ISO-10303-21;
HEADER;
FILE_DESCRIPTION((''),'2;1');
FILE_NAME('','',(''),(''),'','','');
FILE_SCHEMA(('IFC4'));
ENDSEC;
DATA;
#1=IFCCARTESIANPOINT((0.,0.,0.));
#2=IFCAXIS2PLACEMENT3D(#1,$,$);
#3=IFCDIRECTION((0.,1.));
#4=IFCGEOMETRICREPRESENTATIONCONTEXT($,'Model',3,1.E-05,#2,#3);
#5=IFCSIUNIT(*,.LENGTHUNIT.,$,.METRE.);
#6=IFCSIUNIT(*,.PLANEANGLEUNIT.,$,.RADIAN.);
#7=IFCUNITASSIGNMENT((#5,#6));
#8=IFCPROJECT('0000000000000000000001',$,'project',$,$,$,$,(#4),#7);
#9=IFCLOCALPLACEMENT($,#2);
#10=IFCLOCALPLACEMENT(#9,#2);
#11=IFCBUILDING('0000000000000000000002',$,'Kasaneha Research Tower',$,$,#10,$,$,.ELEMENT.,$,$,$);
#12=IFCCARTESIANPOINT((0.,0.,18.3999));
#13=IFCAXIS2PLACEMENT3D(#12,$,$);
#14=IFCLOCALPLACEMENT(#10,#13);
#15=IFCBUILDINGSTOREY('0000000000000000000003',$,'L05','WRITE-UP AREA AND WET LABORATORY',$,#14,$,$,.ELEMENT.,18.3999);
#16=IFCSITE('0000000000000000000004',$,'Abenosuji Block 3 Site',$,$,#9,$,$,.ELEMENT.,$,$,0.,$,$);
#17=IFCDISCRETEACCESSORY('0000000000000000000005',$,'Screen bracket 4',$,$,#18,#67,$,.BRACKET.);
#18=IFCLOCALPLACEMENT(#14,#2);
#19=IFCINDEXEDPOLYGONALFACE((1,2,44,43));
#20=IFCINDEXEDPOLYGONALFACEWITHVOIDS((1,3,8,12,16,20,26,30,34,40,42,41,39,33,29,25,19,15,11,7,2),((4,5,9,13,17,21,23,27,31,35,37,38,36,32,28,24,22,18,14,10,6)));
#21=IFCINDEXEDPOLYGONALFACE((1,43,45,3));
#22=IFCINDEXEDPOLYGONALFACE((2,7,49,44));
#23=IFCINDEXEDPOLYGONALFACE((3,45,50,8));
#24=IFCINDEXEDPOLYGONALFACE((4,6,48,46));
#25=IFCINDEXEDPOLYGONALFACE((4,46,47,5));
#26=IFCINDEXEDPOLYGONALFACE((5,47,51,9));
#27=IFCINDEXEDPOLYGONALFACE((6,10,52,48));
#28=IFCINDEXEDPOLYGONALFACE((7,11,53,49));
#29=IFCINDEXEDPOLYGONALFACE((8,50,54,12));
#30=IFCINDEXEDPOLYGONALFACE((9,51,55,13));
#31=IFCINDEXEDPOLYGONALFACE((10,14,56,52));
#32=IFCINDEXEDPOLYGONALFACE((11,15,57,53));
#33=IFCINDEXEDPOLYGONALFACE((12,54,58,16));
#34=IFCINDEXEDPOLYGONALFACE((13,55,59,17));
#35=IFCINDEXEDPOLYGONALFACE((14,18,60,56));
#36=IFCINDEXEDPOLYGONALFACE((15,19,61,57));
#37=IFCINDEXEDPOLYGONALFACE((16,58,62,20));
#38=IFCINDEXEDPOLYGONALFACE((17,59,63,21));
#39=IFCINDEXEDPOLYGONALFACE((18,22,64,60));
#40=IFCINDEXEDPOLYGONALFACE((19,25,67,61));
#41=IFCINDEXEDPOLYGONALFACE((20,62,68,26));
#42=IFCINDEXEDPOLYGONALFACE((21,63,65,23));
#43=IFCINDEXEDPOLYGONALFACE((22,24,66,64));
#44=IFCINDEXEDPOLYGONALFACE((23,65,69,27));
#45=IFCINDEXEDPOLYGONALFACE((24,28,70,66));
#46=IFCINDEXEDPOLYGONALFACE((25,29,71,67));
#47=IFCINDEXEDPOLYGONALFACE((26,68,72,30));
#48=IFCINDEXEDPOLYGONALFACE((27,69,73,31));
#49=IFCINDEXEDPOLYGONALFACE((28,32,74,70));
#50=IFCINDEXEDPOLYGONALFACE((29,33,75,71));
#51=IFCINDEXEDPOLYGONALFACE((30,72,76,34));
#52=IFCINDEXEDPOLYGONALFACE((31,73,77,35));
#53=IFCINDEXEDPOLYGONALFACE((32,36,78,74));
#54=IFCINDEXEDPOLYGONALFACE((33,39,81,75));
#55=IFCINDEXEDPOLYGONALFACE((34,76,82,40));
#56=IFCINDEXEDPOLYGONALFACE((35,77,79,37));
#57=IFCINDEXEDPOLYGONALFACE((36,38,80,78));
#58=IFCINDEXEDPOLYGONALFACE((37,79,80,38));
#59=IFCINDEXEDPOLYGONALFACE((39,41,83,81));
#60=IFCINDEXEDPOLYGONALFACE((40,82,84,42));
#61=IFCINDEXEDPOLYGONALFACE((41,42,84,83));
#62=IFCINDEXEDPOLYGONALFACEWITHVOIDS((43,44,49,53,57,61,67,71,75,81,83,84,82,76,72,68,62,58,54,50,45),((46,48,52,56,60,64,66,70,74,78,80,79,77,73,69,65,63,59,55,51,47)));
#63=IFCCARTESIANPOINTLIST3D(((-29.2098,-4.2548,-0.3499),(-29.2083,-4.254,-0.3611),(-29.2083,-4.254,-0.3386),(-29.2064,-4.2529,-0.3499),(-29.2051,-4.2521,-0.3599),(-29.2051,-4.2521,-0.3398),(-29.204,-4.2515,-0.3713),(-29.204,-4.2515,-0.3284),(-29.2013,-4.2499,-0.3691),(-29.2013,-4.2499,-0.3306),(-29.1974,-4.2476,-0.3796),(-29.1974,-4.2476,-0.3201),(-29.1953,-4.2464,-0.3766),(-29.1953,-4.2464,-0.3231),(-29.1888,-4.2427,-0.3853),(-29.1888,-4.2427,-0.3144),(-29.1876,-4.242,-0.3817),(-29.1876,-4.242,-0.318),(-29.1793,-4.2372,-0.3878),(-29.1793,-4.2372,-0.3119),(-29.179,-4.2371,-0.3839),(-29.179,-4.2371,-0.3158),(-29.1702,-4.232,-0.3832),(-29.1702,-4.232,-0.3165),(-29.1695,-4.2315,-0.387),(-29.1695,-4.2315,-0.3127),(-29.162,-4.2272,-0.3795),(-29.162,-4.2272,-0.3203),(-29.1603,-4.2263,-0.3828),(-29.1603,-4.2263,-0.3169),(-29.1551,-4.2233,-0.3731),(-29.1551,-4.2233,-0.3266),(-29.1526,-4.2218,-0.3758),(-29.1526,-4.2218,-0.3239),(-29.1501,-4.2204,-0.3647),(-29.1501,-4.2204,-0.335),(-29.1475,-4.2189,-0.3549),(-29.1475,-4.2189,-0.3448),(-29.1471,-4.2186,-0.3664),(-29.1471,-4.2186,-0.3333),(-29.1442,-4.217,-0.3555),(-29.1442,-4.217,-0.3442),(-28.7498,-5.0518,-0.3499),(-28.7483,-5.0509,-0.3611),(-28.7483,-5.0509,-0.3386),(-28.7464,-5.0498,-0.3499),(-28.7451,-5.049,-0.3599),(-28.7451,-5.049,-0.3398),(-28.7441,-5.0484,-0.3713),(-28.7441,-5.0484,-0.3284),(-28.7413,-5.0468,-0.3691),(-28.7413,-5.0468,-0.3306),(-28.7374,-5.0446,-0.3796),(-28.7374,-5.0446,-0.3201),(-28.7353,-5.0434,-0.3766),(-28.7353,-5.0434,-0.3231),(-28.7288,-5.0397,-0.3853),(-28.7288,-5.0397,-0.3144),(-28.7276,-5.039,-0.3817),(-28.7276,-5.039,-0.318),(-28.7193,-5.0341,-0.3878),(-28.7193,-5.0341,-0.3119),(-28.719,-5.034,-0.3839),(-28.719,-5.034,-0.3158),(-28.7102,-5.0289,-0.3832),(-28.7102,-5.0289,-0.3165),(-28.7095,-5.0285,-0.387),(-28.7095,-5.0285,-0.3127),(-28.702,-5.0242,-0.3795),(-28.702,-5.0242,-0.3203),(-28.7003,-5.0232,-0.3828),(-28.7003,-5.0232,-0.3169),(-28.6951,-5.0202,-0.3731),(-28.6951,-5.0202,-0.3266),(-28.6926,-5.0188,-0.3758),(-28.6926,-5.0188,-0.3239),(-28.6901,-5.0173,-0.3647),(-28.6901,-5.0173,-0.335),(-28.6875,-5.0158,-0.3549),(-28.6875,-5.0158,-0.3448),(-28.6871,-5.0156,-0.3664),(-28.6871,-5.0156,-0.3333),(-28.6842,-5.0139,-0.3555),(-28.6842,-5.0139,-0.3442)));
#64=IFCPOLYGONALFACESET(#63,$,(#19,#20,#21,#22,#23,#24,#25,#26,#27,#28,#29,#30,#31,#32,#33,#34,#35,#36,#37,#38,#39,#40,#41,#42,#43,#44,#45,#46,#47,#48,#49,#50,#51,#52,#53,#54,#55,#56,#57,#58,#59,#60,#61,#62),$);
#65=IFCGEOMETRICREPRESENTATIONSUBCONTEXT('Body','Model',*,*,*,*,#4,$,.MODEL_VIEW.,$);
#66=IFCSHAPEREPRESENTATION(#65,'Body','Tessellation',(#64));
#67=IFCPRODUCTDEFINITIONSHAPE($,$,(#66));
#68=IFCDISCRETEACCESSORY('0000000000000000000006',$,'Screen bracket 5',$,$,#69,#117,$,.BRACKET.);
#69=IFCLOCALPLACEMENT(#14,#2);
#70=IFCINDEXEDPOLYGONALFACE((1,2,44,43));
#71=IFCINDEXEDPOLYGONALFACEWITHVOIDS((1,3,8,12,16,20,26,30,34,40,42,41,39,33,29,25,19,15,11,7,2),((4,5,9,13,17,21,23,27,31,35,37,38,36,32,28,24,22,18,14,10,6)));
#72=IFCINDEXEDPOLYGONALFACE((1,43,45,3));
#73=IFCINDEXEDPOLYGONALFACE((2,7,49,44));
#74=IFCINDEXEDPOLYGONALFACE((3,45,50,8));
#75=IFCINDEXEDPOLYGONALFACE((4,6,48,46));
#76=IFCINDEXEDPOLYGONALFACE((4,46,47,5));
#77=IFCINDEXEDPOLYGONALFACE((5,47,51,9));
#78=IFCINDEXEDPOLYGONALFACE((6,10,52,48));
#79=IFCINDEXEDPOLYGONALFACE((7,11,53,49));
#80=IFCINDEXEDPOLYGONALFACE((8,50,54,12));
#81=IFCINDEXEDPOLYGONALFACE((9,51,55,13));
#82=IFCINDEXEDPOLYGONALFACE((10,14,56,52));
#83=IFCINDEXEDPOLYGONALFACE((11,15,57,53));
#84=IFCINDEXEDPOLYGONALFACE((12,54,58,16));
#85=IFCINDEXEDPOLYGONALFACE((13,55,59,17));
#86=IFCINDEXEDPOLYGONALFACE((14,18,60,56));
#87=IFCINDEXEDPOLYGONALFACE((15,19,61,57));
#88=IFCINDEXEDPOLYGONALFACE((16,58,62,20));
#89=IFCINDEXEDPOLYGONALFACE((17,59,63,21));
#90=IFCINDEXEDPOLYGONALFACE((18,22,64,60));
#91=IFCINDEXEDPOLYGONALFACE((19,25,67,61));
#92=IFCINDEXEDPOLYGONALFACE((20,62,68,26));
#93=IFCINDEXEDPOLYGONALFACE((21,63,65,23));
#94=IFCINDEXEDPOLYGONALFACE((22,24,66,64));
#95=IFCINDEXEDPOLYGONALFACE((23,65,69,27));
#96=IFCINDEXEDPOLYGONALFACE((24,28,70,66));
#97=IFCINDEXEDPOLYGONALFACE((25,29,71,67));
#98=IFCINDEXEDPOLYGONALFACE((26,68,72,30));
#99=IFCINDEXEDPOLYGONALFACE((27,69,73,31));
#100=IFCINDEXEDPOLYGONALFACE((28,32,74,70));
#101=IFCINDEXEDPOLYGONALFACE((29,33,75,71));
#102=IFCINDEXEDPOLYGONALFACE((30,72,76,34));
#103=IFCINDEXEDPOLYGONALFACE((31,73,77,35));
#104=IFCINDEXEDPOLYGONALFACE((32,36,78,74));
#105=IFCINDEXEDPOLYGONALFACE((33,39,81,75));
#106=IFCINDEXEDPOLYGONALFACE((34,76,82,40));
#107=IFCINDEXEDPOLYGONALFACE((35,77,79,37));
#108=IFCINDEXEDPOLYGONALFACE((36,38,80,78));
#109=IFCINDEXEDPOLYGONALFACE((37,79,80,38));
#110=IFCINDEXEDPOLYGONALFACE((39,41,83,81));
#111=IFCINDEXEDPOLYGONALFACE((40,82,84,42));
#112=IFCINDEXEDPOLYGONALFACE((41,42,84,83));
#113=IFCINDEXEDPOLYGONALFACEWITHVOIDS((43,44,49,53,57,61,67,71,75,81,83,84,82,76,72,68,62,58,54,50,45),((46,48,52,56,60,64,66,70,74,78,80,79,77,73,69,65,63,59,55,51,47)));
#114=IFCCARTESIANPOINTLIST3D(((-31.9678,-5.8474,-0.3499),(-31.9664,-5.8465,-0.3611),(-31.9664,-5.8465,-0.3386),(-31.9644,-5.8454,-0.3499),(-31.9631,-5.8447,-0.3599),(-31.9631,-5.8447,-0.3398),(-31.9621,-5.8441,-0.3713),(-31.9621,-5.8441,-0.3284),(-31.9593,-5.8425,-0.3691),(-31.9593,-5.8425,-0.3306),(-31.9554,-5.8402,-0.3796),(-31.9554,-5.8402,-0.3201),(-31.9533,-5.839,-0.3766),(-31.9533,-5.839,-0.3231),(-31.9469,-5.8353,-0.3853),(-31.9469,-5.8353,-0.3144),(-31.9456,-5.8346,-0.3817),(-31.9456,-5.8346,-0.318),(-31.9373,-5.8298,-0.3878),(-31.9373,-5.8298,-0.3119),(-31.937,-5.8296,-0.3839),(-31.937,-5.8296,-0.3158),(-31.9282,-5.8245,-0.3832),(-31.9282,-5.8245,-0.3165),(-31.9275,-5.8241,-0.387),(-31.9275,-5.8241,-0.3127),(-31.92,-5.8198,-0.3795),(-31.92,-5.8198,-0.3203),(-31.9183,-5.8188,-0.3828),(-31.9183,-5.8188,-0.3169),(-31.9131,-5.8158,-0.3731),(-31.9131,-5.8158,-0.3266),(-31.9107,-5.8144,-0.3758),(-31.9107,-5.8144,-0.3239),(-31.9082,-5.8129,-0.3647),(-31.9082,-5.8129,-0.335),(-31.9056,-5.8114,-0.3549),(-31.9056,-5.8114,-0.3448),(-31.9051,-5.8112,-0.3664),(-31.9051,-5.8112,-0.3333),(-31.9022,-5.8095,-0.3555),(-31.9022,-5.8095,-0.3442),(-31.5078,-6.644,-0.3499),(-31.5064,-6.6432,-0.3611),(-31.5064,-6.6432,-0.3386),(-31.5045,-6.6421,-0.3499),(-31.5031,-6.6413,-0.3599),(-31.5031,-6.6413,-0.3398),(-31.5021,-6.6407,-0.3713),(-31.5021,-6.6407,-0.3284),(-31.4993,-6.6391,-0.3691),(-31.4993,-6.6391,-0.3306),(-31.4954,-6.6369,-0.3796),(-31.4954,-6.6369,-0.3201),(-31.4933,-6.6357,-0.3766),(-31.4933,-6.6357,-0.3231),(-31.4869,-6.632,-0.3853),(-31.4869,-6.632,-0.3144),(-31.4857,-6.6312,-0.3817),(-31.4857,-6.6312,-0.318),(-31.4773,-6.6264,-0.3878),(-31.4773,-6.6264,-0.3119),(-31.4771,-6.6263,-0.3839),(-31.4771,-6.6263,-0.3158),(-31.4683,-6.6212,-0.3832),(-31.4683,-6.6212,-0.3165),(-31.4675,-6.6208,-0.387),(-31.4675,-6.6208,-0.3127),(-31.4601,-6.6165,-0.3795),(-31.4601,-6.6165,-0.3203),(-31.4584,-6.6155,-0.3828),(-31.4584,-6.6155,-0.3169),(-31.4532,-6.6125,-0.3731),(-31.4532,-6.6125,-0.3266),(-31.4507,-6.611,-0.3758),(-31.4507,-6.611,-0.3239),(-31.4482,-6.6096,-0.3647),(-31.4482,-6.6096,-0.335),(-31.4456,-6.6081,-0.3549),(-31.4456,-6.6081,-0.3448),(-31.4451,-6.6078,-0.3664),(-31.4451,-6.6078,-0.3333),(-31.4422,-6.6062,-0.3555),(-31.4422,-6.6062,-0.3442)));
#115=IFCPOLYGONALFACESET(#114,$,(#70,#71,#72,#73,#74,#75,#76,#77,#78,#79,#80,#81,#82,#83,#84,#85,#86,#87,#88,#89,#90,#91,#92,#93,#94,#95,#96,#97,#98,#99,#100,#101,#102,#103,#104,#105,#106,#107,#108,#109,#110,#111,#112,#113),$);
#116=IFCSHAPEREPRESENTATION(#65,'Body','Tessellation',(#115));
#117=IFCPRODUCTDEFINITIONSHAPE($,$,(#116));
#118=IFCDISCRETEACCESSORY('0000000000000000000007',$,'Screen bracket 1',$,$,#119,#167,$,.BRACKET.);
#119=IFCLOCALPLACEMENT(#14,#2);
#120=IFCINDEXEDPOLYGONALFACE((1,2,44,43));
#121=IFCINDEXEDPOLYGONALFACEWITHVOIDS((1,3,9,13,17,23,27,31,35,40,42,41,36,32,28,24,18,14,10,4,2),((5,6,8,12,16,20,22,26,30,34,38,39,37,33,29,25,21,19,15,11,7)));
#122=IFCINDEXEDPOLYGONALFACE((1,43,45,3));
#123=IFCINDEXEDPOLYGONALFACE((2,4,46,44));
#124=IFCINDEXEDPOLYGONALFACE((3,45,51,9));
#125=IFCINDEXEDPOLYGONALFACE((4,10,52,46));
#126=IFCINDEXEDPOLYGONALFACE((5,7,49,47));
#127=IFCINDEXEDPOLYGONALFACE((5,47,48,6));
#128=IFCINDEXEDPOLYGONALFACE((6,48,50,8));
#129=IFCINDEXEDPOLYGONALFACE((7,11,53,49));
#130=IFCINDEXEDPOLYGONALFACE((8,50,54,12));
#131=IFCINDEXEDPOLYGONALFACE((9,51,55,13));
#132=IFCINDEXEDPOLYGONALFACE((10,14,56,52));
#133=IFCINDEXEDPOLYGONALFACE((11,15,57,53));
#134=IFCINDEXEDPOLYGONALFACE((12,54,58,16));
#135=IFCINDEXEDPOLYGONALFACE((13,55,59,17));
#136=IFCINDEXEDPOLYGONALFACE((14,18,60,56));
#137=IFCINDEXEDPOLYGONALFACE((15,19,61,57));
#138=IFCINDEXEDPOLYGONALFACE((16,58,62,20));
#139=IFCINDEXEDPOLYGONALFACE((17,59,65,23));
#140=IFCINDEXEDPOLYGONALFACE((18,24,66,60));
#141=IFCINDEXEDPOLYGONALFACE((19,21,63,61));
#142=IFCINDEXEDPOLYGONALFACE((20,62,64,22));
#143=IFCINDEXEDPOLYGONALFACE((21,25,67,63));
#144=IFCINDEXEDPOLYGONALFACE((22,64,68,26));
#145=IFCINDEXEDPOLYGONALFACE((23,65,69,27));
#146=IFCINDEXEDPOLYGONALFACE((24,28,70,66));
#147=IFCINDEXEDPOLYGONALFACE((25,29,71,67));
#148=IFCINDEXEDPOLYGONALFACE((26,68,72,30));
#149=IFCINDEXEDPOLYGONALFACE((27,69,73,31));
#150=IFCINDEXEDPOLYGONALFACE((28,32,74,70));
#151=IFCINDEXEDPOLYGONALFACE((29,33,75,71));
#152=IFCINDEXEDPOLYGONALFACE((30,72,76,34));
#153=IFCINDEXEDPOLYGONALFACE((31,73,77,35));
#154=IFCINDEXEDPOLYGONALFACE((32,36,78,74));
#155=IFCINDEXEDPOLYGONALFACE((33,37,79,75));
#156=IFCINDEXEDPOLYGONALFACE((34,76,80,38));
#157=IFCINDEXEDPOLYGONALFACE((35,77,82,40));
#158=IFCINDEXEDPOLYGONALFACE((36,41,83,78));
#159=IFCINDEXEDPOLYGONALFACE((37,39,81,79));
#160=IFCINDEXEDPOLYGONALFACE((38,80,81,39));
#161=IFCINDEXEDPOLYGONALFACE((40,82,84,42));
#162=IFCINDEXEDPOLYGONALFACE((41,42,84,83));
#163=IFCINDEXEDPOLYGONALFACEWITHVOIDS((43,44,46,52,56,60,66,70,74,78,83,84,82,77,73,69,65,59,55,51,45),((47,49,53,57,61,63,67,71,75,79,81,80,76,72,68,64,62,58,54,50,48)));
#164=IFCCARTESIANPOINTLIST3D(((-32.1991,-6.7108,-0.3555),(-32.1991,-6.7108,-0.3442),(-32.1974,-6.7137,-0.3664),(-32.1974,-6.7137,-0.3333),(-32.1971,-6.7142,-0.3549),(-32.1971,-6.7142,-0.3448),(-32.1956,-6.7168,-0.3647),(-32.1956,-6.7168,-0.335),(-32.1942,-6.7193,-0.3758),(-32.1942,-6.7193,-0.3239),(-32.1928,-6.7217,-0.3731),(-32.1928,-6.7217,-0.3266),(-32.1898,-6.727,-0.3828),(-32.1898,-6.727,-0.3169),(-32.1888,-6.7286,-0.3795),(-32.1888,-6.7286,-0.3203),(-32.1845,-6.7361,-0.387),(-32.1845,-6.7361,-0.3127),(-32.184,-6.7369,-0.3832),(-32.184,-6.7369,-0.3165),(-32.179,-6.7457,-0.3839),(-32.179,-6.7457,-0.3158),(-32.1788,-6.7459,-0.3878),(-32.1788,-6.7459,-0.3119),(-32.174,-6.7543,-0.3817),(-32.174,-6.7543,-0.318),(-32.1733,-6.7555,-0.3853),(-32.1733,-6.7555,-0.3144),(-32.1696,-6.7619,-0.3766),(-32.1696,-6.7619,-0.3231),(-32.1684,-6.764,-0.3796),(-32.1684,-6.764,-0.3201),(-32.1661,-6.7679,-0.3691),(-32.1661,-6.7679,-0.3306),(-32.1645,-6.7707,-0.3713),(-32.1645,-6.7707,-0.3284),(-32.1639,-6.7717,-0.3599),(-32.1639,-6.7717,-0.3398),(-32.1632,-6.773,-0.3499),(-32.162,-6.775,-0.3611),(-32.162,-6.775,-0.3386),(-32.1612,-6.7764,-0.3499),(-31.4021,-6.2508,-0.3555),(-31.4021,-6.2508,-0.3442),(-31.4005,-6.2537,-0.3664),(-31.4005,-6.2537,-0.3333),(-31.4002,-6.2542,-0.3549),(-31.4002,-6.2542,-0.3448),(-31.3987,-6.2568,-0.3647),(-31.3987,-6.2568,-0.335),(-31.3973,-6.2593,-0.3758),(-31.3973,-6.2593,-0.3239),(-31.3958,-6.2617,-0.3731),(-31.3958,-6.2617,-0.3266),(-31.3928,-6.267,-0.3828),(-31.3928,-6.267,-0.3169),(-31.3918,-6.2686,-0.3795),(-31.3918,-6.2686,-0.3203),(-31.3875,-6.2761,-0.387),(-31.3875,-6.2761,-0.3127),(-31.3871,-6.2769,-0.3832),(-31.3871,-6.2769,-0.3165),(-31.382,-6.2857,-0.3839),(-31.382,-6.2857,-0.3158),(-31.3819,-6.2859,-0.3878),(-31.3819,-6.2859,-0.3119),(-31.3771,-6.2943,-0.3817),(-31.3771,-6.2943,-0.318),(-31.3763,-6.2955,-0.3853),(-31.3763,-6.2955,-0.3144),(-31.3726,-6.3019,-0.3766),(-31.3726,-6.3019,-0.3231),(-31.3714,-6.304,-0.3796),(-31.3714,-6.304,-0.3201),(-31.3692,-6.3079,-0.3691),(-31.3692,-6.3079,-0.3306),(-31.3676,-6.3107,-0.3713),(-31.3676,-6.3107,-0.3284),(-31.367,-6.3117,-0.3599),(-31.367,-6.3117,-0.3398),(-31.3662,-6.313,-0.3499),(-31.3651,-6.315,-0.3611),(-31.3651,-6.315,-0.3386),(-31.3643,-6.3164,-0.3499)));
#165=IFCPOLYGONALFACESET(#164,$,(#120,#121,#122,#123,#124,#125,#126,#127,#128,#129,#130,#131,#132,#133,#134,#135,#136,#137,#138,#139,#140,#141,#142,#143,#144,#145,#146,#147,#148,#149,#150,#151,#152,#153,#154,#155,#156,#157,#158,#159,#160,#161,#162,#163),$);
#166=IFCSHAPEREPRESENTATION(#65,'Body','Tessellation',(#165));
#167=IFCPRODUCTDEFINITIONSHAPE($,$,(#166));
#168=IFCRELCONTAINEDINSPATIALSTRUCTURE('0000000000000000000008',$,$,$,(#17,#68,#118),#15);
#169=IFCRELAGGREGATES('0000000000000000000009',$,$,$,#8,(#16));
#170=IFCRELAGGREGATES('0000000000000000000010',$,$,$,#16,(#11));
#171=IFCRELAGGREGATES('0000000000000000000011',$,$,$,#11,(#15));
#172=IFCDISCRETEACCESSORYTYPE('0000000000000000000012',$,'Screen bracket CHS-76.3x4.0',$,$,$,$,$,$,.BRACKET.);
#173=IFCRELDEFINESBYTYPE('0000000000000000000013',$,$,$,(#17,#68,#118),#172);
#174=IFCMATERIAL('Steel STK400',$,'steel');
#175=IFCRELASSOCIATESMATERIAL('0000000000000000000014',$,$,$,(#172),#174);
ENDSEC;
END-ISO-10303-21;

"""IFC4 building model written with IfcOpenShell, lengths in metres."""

from ifc_helpers import new_model, si_unit, direction, frame, origin, origin_2d, place, context, subcontext, project, spatial, hollow_circle, extrude, material, material_profile, profile_set, type_object, element, save


model = new_model("IFC4")

# Units and contexts
model_context = context("Model", 3, precision=1e-05, world=origin(), true_north=direction((0.0, 1.0)))
body_context = subcontext(model_context, "Body", "Model", "MODEL_VIEW")
ifc_project = project(units=[si_unit("LENGTHUNIT", "METRE"), si_unit("PLANEANGLEUNIT", "RADIAN")], contexts=[model_context])

# Site, building, storey
site_placement = place(None, origin())
site = spatial("IfcSite", under=ifc_project, at=site_placement, Name="Abenosuji Block 3 Site", CompositionType="ELEMENT", RefElevation=0.0)
building_placement = place(site_placement, origin())
building = spatial("IfcBuilding", under=site, at=building_placement, Name="Kasaneha Research Tower", CompositionType="ELEMENT")
storey_placement = place(building_placement, frame((0.0, 0.0, 18.3999)))
storey = spatial("IfcBuildingStorey", under=building, at=storey_placement, Name="L05", Description="WRITE-UP AREA AND WET LABORATORY", CompositionType="ELEMENT", Elevation=18.3999)

# Discrete accessories
ifc_material_1 = material(Name="Steel STK400", Category="steel")
ifc_material_profile_1 = material_profile(ifc_material_1, hollow_circle(Radius=0.0381, WallThickness=0.0039, at=origin_2d()), Name="CHS-76.3x4.0")
ifc_profile_set_1 = profile_set([ifc_material_profile_1], Name="Steel STK400")
discrete_accessory_type = type_object("IfcDiscreteAccessoryType", Name="Screen bracket CHS-76.3x4.0", PredefinedType="BRACKET", material=ifc_profile_set_1)
discrete_accessory_1_placement = place(storey_placement, frame((-28.7168, -5.0327, -0.3499), z_axis=(-0.499906, 0.86608, 0.0), x_axis=(-0.86608, -0.499906, 0.0)))
element("IfcDiscreteAccessory", 1, at=discrete_accessory_1_placement, inside=storey, type_object=discrete_accessory_type, Name="Screen bracket 4", PredefinedType="BRACKET", context=body_context, shape_type="SweptSolid", body=[
    extrude(hollow_circle(Radius=0.0381, WallThickness=0.0039, at=origin_2d()), origin(), (0.0, 0.0, 1.0), 0.9202),
])
discrete_accessory_2_placement = place(storey_placement, frame((-31.4749, -6.625, -0.3499), z_axis=(-0.500021, 0.866013, 0.0), x_axis=(-0.866013, -0.500021, 0.0)))
element("IfcDiscreteAccessory", 2, at=discrete_accessory_2_placement, inside=storey, type_object=discrete_accessory_type, Name="Screen bracket 5", PredefinedType="BRACKET", context=body_context, shape_type="SweptSolid", body=[
    extrude(hollow_circle(Radius=0.0381, WallThickness=0.0039, at=origin_2d()), origin(), (0.0, 0.0, 1.0), 0.9199),
])
discrete_accessory_3_placement = place(storey_placement, frame((-31.3833, -6.2834, -0.3499), z_axis=(-0.86608, -0.499906, 0.0), x_axis=(0.499906, -0.86608, 0.0)))
element("IfcDiscreteAccessory", 3, at=discrete_accessory_3_placement, inside=storey, type_object=discrete_accessory_type, Name="Screen bracket 1", PredefinedType="BRACKET", context=body_context, shape_type="SweptSolid", body=[
    extrude(hollow_circle(Radius=0.0381, WallThickness=0.0039, at=origin_2d()), origin(), (0.0, 0.0, 1.0), 0.9202),
])

save(model, "model.ifc")
